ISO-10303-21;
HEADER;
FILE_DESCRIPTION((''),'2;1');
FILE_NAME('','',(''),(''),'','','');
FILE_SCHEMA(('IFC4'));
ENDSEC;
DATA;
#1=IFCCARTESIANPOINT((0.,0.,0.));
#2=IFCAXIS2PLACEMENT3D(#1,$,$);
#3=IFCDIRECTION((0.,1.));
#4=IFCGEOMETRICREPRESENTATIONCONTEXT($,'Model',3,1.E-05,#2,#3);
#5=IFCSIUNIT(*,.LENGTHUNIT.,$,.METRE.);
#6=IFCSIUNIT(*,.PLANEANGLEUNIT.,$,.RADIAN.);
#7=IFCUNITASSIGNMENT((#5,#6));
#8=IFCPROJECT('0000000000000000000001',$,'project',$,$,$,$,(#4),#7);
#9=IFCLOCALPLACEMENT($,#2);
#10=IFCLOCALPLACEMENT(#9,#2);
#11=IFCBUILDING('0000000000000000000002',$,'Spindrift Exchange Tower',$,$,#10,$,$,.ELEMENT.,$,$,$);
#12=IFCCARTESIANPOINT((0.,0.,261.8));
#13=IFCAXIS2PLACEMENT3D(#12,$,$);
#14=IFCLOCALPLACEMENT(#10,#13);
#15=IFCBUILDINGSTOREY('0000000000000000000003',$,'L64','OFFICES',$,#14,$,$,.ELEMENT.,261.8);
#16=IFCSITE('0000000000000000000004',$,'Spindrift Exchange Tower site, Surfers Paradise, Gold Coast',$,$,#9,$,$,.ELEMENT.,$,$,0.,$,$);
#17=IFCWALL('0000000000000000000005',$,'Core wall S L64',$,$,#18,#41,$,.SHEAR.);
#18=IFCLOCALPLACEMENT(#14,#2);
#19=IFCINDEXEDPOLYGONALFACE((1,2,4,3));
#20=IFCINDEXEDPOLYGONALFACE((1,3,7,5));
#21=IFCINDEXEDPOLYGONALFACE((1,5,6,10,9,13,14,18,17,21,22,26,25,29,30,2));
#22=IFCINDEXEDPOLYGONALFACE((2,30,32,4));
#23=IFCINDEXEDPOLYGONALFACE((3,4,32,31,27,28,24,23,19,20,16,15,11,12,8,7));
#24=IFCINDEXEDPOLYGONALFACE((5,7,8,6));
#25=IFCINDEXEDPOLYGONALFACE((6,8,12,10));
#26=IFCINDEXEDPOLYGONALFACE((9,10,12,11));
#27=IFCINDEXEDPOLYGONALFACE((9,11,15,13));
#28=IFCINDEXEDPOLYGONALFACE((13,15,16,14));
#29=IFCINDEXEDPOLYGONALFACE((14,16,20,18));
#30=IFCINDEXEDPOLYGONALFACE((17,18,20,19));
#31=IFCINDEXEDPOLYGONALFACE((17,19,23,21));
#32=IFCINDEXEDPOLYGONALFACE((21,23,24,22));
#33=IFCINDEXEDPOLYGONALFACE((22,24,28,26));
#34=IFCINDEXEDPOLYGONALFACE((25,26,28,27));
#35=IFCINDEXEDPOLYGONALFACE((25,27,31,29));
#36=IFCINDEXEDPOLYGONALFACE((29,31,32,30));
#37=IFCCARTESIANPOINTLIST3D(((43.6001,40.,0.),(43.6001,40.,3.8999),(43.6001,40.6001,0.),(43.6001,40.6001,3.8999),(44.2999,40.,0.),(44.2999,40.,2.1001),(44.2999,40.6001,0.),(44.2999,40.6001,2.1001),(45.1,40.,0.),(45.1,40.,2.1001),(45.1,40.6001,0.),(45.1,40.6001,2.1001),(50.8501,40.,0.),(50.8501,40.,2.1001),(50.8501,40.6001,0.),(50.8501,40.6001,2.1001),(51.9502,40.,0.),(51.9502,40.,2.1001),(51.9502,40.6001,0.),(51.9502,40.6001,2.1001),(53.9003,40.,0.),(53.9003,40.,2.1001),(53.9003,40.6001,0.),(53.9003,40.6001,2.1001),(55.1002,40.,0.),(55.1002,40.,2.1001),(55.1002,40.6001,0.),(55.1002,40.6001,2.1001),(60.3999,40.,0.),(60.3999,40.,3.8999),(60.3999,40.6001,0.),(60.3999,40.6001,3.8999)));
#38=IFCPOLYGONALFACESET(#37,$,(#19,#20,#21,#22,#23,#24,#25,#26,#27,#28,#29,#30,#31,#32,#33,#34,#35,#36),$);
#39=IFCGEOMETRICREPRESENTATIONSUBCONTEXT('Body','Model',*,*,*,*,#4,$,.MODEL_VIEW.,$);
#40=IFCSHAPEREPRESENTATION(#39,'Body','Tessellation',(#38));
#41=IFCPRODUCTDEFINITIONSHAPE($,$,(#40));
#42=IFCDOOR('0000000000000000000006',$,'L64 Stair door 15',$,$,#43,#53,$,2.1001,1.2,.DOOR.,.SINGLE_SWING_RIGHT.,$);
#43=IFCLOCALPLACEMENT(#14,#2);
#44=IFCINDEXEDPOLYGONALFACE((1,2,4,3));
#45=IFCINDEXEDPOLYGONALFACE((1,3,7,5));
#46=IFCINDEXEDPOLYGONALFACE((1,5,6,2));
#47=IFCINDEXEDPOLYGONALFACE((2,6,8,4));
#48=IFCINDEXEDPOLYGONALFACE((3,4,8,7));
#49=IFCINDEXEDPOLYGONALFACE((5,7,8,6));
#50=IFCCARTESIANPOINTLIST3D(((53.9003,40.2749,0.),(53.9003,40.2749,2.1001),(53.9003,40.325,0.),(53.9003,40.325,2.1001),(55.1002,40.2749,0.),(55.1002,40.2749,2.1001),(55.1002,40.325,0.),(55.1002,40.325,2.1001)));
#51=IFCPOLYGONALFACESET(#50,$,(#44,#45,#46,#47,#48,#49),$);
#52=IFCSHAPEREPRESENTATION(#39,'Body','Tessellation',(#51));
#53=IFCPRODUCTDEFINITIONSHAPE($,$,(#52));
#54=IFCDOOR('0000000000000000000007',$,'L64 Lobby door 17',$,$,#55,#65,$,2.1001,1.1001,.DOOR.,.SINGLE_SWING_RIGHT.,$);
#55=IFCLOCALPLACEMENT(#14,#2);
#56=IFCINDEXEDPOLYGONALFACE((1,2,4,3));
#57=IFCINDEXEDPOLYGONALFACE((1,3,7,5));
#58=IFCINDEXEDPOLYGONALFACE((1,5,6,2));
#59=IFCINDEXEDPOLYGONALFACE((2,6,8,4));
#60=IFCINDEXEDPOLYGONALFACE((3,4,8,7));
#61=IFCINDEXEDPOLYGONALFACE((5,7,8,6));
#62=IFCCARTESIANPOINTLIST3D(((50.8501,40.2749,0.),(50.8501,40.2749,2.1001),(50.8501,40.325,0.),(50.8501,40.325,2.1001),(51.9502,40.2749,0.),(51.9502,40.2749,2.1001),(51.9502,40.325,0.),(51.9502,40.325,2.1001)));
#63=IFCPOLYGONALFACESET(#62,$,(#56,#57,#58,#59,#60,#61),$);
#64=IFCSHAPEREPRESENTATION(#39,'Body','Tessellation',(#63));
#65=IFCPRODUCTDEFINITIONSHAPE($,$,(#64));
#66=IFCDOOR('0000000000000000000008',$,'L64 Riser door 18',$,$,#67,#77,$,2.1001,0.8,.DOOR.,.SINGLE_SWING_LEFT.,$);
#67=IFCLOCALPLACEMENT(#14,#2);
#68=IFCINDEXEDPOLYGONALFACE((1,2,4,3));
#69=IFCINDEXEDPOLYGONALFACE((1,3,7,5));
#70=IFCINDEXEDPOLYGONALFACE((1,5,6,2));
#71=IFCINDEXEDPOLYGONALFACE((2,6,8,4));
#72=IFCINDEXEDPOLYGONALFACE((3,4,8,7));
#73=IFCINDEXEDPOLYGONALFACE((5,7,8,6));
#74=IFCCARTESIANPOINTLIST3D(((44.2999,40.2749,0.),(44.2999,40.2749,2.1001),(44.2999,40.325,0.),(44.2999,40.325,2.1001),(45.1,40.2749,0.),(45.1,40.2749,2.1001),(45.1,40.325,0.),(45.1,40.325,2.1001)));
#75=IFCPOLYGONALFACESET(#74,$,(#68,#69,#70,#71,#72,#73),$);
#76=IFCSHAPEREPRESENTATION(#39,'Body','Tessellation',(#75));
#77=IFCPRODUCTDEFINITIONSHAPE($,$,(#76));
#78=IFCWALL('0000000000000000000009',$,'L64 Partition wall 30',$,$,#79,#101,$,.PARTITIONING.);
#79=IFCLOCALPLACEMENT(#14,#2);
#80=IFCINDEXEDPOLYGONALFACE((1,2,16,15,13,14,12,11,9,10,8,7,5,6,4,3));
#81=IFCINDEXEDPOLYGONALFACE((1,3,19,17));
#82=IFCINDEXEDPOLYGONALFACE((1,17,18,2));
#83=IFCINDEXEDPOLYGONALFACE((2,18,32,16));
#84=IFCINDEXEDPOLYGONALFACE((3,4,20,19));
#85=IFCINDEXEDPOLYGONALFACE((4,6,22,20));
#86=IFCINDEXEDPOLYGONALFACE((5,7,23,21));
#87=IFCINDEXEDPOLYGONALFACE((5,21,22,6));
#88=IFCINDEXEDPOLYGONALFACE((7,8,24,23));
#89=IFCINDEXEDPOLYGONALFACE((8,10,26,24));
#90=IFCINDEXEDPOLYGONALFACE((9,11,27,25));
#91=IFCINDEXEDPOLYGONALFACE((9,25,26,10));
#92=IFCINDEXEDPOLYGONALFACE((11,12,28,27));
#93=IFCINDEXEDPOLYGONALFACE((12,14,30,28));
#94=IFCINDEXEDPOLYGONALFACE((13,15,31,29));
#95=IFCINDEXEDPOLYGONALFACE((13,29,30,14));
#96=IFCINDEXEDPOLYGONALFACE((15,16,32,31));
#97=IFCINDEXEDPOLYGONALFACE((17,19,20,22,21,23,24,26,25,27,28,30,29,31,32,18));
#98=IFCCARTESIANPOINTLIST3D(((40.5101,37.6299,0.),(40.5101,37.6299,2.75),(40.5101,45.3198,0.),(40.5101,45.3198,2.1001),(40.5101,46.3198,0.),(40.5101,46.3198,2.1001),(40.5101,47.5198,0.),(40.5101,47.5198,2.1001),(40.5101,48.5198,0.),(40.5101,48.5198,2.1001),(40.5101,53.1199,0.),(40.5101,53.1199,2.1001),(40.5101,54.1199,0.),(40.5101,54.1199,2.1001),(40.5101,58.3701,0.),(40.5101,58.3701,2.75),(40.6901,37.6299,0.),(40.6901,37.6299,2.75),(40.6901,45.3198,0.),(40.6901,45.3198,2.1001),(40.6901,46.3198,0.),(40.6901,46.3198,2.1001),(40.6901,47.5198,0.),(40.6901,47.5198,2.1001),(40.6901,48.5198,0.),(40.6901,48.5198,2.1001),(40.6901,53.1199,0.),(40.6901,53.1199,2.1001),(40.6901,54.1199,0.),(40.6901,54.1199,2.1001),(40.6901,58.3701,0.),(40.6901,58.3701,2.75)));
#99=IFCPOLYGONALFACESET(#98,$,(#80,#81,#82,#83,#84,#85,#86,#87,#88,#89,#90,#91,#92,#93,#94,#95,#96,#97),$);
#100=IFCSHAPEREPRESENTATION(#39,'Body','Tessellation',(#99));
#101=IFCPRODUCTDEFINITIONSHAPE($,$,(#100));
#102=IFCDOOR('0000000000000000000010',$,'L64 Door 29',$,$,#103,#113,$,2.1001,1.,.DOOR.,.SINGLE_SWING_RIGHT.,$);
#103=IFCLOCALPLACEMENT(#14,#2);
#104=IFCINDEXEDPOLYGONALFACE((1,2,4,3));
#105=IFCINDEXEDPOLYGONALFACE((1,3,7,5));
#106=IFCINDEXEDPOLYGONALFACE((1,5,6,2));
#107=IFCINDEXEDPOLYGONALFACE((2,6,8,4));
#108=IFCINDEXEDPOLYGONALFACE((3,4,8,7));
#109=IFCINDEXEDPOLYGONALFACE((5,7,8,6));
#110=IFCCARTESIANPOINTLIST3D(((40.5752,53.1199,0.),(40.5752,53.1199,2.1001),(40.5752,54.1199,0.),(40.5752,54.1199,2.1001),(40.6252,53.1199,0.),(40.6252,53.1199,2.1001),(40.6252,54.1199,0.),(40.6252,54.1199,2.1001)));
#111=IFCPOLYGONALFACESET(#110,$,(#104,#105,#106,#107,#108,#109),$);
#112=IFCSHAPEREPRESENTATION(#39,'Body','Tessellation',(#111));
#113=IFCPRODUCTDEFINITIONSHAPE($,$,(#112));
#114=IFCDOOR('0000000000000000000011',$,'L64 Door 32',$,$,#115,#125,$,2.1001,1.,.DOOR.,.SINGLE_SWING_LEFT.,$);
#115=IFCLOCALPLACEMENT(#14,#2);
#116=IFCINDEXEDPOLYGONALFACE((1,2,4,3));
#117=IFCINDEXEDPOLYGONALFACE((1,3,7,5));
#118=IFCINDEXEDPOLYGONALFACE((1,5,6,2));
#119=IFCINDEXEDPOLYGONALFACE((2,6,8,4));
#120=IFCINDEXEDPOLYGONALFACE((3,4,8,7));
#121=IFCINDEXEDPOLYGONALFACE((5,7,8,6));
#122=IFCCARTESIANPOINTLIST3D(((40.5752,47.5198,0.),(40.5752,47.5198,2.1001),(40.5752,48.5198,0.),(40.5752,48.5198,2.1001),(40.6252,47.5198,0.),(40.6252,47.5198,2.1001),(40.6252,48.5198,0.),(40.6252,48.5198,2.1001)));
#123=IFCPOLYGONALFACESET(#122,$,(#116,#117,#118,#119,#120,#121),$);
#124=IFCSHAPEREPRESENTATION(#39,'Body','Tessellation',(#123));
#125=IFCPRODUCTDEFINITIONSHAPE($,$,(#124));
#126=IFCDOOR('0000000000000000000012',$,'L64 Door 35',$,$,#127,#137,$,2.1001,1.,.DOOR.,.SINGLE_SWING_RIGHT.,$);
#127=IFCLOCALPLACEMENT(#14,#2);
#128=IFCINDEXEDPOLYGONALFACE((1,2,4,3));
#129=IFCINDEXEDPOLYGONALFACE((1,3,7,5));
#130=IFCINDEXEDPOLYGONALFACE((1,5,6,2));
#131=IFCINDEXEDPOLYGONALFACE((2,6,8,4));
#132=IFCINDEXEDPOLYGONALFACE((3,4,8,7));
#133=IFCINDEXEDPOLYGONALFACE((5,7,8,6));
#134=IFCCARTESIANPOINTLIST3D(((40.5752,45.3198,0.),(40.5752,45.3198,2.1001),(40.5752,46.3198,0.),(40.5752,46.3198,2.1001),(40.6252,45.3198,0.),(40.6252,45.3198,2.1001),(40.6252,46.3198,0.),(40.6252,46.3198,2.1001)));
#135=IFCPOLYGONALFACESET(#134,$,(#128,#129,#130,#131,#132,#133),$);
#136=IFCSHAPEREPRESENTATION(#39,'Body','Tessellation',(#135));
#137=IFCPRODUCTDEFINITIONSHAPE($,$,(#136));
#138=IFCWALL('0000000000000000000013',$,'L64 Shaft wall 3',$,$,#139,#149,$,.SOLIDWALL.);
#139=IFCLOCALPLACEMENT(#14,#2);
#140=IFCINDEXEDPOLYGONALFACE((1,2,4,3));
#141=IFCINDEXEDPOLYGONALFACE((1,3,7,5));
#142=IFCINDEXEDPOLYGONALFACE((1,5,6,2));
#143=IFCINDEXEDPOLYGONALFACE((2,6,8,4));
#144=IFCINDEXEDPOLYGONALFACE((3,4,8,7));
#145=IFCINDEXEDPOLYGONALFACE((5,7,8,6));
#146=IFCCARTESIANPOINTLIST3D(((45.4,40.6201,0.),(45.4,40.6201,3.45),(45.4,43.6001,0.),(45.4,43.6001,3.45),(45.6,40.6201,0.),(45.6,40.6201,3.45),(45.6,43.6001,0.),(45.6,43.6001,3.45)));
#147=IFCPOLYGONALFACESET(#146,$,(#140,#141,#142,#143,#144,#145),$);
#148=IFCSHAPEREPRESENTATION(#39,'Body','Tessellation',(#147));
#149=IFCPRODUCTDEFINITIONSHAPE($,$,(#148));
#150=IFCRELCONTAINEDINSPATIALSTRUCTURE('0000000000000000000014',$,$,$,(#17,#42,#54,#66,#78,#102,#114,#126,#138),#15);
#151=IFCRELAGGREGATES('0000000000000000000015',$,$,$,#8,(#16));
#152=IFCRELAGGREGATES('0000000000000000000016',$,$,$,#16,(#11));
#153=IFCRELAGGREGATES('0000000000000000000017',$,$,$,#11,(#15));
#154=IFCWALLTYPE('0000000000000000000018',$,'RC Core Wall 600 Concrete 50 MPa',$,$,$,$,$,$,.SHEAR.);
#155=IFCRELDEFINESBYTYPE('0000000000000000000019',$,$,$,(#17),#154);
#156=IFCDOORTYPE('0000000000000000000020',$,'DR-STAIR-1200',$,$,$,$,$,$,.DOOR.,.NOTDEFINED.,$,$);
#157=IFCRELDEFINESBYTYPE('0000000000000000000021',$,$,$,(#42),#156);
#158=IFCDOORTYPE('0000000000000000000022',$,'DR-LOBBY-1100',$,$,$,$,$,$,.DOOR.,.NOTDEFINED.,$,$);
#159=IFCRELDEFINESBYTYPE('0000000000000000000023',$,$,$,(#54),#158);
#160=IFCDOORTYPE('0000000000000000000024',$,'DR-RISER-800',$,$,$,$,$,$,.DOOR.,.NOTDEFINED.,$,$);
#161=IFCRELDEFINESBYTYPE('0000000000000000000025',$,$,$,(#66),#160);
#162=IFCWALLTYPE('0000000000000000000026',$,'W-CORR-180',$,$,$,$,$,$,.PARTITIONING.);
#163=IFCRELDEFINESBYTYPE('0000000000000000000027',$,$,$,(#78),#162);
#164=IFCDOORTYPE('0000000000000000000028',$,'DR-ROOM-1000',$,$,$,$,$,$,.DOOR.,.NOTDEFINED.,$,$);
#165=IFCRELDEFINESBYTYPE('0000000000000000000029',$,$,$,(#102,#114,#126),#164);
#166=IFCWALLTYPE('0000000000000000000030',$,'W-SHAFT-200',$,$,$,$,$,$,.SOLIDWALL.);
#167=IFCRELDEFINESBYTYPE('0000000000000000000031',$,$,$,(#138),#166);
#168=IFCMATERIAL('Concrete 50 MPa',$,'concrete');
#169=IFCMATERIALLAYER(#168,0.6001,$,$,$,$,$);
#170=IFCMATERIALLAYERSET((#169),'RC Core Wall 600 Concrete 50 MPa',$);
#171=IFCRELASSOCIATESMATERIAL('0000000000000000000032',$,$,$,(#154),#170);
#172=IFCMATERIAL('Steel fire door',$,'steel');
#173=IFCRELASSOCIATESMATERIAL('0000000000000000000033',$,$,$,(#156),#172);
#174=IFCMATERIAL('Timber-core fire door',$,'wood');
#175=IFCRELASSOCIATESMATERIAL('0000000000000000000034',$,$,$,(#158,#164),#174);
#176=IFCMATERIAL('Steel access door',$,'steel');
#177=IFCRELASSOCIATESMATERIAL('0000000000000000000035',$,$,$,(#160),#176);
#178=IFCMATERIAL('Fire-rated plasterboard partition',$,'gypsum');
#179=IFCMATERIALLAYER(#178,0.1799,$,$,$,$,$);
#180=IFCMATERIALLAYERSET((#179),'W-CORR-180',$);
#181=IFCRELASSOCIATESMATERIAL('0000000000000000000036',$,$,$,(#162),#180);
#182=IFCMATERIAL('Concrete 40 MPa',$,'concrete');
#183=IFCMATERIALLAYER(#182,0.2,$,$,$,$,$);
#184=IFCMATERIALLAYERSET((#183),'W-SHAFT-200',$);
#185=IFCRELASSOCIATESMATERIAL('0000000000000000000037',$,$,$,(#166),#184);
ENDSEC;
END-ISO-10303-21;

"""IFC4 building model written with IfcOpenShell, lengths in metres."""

from ifc_helpers import new_model, si_unit, direction, frame, frame_2d, origin, place, context, subcontext, project, spatial, rectangle, extrude, source, transform, mapped, material, layer, layer_set, type_object, element, fill, save


model = new_model("IFC4")

# Units and contexts
model_context = context("Model", 3, precision=1e-05, world=origin(), true_north=direction((0.0, 1.0)))
body_context = subcontext(model_context, "Body", "Model", "MODEL_VIEW")
ifc_project = project(units=[si_unit("LENGTHUNIT", "METRE"), si_unit("PLANEANGLEUNIT", "RADIAN")], contexts=[model_context])

# Site, building, storey
site_placement = place(None, origin())
site = spatial("IfcSite", under=ifc_project, at=site_placement, Name="Spindrift Exchange Tower site, Surfers Paradise, Gold Coast", CompositionType="ELEMENT", RefElevation=0.0)
building_placement = place(site_placement, origin())
building = spatial("IfcBuilding", under=site, at=building_placement, Name="Spindrift Exchange Tower", CompositionType="ELEMENT")
storey_placement = place(building_placement, frame((0.0, 0.0, 261.8)))
storey = spatial("IfcBuildingStorey", under=building, at=storey_placement, Name="L64", Description="OFFICES", CompositionType="ELEMENT", Elevation=261.8)

# Walls, openings, doors
ifc_material_1 = material(Name="Concrete 50 MPa", Category="concrete")
ifc_layer_1 = layer(ifc_material_1, 0.6001)
ifc_layer_set_1 = layer_set([ifc_layer_1], Name="RC Core Wall 600 Concrete 50 MPa")
wall_type_1 = type_object("IfcWallType", Name="RC Core Wall 600 Concrete 50 MPa", PredefinedType="SHEAR", material=ifc_layer_set_1)
wall_1_placement = place(storey_placement, frame((43.6001, 40.3, 0.0), z_axis=(0.0, 0.0, 1.0), x_axis=(1.0, 0.0, 0.0)))
wall_1 = element("IfcWall", 1, at=wall_1_placement, inside=storey, type_object=wall_type_1, Name="Core wall S L64", PredefinedType="SHEAR", context=body_context, shape_type="SweptSolid", body=[
    extrude(rectangle(XDim=16.7998, YDim=0.6001, at=frame_2d((8.3999, 0.0))), origin(), (0.0, 0.0, 1.0), 3.8999),
])
opening_1_placement = place(wall_1_placement, frame((10.3, 0.0, 0.0)))
opening_1 = element("IfcOpeningElement", 2, at=opening_1_placement, cuts=wall_1, PredefinedType="OPENING", context=body_context, shape_type="SweptSolid", body=[
    extrude(rectangle(XDim=1.2, YDim=2.1001, at=frame_2d((0.6001, 1.05))), frame((0.0, 0.3101, 0.0), z_axis=(0.0, -1.0, 0.0), x_axis=(1.0, 0.0, 0.0)), (0.0, 0.0, 1.0), 0.6201),
])
opening_2_placement = place(wall_1_placement, frame((7.25, 0.0, 0.0)))
opening_2 = element("IfcOpeningElement", 3, at=opening_2_placement, cuts=wall_1, PredefinedType="OPENING", context=body_context, shape_type="SweptSolid", body=[
    extrude(rectangle(XDim=1.1001, YDim=2.1001, at=frame_2d((0.55, 1.05))), frame((0.0, 0.3101, 0.0), z_axis=(0.0, -1.0, 0.0), x_axis=(1.0, 0.0, 0.0)), (0.0, 0.0, 1.0), 0.6201),
])
opening_3_placement = place(wall_1_placement, frame((0.7, 0.0, 0.0)))
opening_3 = element("IfcOpeningElement", 4, at=opening_3_placement, cuts=wall_1, PredefinedType="OPENING", context=body_context, shape_type="SweptSolid", body=[
    extrude(rectangle(XDim=0.8, YDim=2.1001, at=frame_2d((0.3999, 1.05))), frame((0.0, 0.3101, 0.0), z_axis=(0.0, -1.0, 0.0), x_axis=(1.0, 0.0, 0.0)), (0.0, 0.0, 1.0), 0.6201),
])
ifc_material_2 = material(Name="Steel fire door", Category="steel")
door_type_1 = type_object("IfcDoorType", Name="DR-STAIR-1200", OperationType="NOTDEFINED", PredefinedType="DOOR", material=ifc_material_2)
shared_shape_1 = source(origin(), body_context, "Body", "SweptSolid", [
    extrude(rectangle(XDim=1.2, YDim=2.1001, at=frame_2d((0.6001, 1.05))), frame((0.0, 0.0249, 0.0), z_axis=(0.0, -1.0, 0.0), x_axis=(1.0, 0.0, 0.0)), (0.0, 0.0, 1.0), 0.05),
])
door_1_placement = place(opening_1_placement, origin())
door_1 = element("IfcDoor", 5, at=door_1_placement, inside=storey, type_object=door_type_1, Name="L64 Stair door 15", OperationType="SINGLE_SWING_RIGHT", OverallHeight=2.1001, OverallWidth=1.2, PredefinedType="DOOR", context=body_context, shape_type="MappedRepresentation", body=[
    mapped(shared_shape_1, transform((0.0, 0.0, 0.0), scale=1.0)),
])
fill(opening_1, door_1)
ifc_material_3 = material(Name="Timber-core fire door", Category="wood")
door_type_2 = type_object("IfcDoorType", Name="DR-LOBBY-1100", OperationType="NOTDEFINED", PredefinedType="DOOR", material=ifc_material_3)
shared_shape_2 = source(origin(), body_context, "Body", "SweptSolid", [
    extrude(rectangle(XDim=1.1001, YDim=2.1001, at=frame_2d((0.55, 1.05))), frame((0.0, 0.0249, 0.0), z_axis=(0.0, -1.0, 0.0), x_axis=(1.0, 0.0, 0.0)), (0.0, 0.0, 1.0), 0.05),
])
door_2_placement = place(opening_2_placement, origin())
door_2 = element("IfcDoor", 6, at=door_2_placement, inside=storey, type_object=door_type_2, Name="L64 Lobby door 17", OperationType="SINGLE_SWING_RIGHT", OverallHeight=2.1001, OverallWidth=1.1001, PredefinedType="DOOR", context=body_context, shape_type="MappedRepresentation", body=[
    mapped(shared_shape_2, transform((0.0, 0.0, 0.0), scale=1.0)),
])
fill(opening_2, door_2)
ifc_material_4 = material(Name="Steel access door", Category="steel")
door_type_3 = type_object("IfcDoorType", Name="DR-RISER-800", OperationType="NOTDEFINED", PredefinedType="DOOR", material=ifc_material_4)
shared_shape_3 = source(origin(), body_context, "Body", "SweptSolid", [
    extrude(rectangle(XDim=0.8, YDim=2.1001, at=frame_2d((0.3999, 1.05))), frame((0.0, 0.0249, 0.0), z_axis=(0.0, -1.0, 0.0), x_axis=(1.0, 0.0, 0.0)), (0.0, 0.0, 1.0), 0.05),
])
door_3_placement = place(opening_3_placement, origin())
door_3 = element("IfcDoor", 7, at=door_3_placement, inside=storey, type_object=door_type_3, Name="L64 Riser door 18", OperationType="SINGLE_SWING_LEFT", OverallHeight=2.1001, OverallWidth=0.8, PredefinedType="DOOR", context=body_context, shape_type="MappedRepresentation", body=[
    mapped(shared_shape_3, transform((0.0, 0.0, 0.0), scale=1.0)),
])
fill(opening_3, door_3)
ifc_material_5 = material(Name="Fire-rated plasterboard partition", Category="gypsum")
ifc_layer_2 = layer(ifc_material_5, 0.1799)
ifc_layer_set_2 = layer_set([ifc_layer_2], Name="W-CORR-180")
wall_type_2 = type_object("IfcWallType", Name="W-CORR-180", PredefinedType="PARTITIONING", material=ifc_layer_set_2)
wall_2_placement = place(storey_placement, frame((40.6001, 37.6299, 0.0), z_axis=(0.0, 0.0, 1.0), x_axis=(0.0, 1.0, 0.0)))
wall_2 = element("IfcWall", 8, at=wall_2_placement, inside=storey, type_object=wall_type_2, Name="L64 Partition wall 30", PredefinedType="PARTITIONING", context=body_context, shape_type="SweptSolid", body=[
    extrude(rectangle(XDim=20.7402, YDim=0.1799, at=frame_2d((10.3701, 0.0))), origin(), (0.0, 0.0, 1.0), 2.75),
])
opening_4_placement = place(wall_2_placement, frame((15.49, 0.0, 0.0)))
opening_4 = element("IfcOpeningElement", 9, at=opening_4_placement, cuts=wall_2, PredefinedType="OPENING", context=body_context, shape_type="SweptSolid", body=[
    extrude(rectangle(XDim=1.0, YDim=2.1001, at=frame_2d((0.5, 1.05))), frame((0.0, 0.0999, 0.0), z_axis=(0.0, -1.0, 0.0), x_axis=(1.0, 0.0, 0.0)), (0.0, 0.0, 1.0), 0.2),
])
opening_5_placement = place(wall_2_placement, frame((9.8899, 0.0, 0.0)))
opening_5 = element("IfcOpeningElement", 10, at=opening_5_placement, cuts=wall_2, PredefinedType="OPENING", context=body_context, shape_type="SweptSolid", body=[
    extrude(rectangle(XDim=1.0, YDim=2.1001, at=frame_2d((0.5, 1.05))), frame((0.0, 0.0999, 0.0), z_axis=(0.0, -1.0, 0.0), x_axis=(1.0, 0.0, 0.0)), (0.0, 0.0, 1.0), 0.2),
])
opening_6_placement = place(wall_2_placement, frame((7.6899, 0.0, 0.0)))
opening_6 = element("IfcOpeningElement", 11, at=opening_6_placement, cuts=wall_2, PredefinedType="OPENING", context=body_context, shape_type="SweptSolid", body=[
    extrude(rectangle(XDim=1.0, YDim=2.1001, at=frame_2d((0.5, 1.05))), frame((0.0, 0.0999, 0.0), z_axis=(0.0, -1.0, 0.0), x_axis=(1.0, 0.0, 0.0)), (0.0, 0.0, 1.0), 0.2),
])
door_type_4 = type_object("IfcDoorType", Name="DR-ROOM-1000", OperationType="NOTDEFINED", PredefinedType="DOOR", material=ifc_material_3)
shared_shape_4 = source(origin(), body_context, "Body", "SweptSolid", [
    extrude(rectangle(XDim=1.0, YDim=2.1001, at=frame_2d((0.5, 1.05))), frame((0.0, 0.0249, 0.0), z_axis=(0.0, -1.0, 0.0), x_axis=(1.0, 0.0, 0.0)), (0.0, 0.0, 1.0), 0.05),
])
door_4_placement = place(opening_4_placement, origin())
door_4 = element("IfcDoor", 12, at=door_4_placement, inside=storey, type_object=door_type_4, Name="L64 Door 29", OperationType="SINGLE_SWING_RIGHT", OverallHeight=2.1001, OverallWidth=1.0, PredefinedType="DOOR", context=body_context, shape_type="MappedRepresentation", body=[
    mapped(shared_shape_4, transform((0.0, 0.0, 0.0), scale=1.0)),
])
fill(opening_4, door_4)
door_5_placement = place(opening_5_placement, origin())
door_5 = element("IfcDoor", 13, at=door_5_placement, inside=storey, type_object=door_type_4, Name="L64 Door 32", OperationType="SINGLE_SWING_LEFT", OverallHeight=2.1001, OverallWidth=1.0, PredefinedType="DOOR", context=body_context, shape_type="MappedRepresentation", body=[
    mapped(shared_shape_4, transform((0.0, 0.0, 0.0), scale=1.0)),
])
fill(opening_5, door_5)
door_6_placement = place(opening_6_placement, origin())
door_6 = element("IfcDoor", 14, at=door_6_placement, inside=storey, type_object=door_type_4, Name="L64 Door 35", OperationType="SINGLE_SWING_RIGHT", OverallHeight=2.1001, OverallWidth=1.0, PredefinedType="DOOR", context=body_context, shape_type="MappedRepresentation", body=[
    mapped(shared_shape_4, transform((0.0, 0.0, 0.0), scale=1.0)),
])
fill(opening_6, door_6)

# Wall
ifc_material_6 = material(Name="Concrete 40 MPa", Category="concrete")
ifc_layer_3 = layer(ifc_material_6, 0.2)
ifc_layer_set_3 = layer_set([ifc_layer_3], Name="W-SHAFT-200")
wall_type_3 = type_object("IfcWallType", Name="W-SHAFT-200", PredefinedType="SOLIDWALL", material=ifc_layer_set_3)
wall_3_placement = place(storey_placement, frame((45.5, 43.6001, 0.0), z_axis=(0.0, 0.0, 1.0), x_axis=(0.0, -1.0, 0.0)))
element("IfcWall", 15, at=wall_3_placement, inside=storey, type_object=wall_type_3, Name="L64 Shaft wall 3", PredefinedType="SOLIDWALL", context=body_context, shape_type="SweptSolid", body=[
    extrude(rectangle(XDim=2.98, YDim=0.2, at=frame_2d((1.49, 0.0))), origin(), (0.0, 0.0, 1.0), 3.45),
])

save(model, "model.ifc")
